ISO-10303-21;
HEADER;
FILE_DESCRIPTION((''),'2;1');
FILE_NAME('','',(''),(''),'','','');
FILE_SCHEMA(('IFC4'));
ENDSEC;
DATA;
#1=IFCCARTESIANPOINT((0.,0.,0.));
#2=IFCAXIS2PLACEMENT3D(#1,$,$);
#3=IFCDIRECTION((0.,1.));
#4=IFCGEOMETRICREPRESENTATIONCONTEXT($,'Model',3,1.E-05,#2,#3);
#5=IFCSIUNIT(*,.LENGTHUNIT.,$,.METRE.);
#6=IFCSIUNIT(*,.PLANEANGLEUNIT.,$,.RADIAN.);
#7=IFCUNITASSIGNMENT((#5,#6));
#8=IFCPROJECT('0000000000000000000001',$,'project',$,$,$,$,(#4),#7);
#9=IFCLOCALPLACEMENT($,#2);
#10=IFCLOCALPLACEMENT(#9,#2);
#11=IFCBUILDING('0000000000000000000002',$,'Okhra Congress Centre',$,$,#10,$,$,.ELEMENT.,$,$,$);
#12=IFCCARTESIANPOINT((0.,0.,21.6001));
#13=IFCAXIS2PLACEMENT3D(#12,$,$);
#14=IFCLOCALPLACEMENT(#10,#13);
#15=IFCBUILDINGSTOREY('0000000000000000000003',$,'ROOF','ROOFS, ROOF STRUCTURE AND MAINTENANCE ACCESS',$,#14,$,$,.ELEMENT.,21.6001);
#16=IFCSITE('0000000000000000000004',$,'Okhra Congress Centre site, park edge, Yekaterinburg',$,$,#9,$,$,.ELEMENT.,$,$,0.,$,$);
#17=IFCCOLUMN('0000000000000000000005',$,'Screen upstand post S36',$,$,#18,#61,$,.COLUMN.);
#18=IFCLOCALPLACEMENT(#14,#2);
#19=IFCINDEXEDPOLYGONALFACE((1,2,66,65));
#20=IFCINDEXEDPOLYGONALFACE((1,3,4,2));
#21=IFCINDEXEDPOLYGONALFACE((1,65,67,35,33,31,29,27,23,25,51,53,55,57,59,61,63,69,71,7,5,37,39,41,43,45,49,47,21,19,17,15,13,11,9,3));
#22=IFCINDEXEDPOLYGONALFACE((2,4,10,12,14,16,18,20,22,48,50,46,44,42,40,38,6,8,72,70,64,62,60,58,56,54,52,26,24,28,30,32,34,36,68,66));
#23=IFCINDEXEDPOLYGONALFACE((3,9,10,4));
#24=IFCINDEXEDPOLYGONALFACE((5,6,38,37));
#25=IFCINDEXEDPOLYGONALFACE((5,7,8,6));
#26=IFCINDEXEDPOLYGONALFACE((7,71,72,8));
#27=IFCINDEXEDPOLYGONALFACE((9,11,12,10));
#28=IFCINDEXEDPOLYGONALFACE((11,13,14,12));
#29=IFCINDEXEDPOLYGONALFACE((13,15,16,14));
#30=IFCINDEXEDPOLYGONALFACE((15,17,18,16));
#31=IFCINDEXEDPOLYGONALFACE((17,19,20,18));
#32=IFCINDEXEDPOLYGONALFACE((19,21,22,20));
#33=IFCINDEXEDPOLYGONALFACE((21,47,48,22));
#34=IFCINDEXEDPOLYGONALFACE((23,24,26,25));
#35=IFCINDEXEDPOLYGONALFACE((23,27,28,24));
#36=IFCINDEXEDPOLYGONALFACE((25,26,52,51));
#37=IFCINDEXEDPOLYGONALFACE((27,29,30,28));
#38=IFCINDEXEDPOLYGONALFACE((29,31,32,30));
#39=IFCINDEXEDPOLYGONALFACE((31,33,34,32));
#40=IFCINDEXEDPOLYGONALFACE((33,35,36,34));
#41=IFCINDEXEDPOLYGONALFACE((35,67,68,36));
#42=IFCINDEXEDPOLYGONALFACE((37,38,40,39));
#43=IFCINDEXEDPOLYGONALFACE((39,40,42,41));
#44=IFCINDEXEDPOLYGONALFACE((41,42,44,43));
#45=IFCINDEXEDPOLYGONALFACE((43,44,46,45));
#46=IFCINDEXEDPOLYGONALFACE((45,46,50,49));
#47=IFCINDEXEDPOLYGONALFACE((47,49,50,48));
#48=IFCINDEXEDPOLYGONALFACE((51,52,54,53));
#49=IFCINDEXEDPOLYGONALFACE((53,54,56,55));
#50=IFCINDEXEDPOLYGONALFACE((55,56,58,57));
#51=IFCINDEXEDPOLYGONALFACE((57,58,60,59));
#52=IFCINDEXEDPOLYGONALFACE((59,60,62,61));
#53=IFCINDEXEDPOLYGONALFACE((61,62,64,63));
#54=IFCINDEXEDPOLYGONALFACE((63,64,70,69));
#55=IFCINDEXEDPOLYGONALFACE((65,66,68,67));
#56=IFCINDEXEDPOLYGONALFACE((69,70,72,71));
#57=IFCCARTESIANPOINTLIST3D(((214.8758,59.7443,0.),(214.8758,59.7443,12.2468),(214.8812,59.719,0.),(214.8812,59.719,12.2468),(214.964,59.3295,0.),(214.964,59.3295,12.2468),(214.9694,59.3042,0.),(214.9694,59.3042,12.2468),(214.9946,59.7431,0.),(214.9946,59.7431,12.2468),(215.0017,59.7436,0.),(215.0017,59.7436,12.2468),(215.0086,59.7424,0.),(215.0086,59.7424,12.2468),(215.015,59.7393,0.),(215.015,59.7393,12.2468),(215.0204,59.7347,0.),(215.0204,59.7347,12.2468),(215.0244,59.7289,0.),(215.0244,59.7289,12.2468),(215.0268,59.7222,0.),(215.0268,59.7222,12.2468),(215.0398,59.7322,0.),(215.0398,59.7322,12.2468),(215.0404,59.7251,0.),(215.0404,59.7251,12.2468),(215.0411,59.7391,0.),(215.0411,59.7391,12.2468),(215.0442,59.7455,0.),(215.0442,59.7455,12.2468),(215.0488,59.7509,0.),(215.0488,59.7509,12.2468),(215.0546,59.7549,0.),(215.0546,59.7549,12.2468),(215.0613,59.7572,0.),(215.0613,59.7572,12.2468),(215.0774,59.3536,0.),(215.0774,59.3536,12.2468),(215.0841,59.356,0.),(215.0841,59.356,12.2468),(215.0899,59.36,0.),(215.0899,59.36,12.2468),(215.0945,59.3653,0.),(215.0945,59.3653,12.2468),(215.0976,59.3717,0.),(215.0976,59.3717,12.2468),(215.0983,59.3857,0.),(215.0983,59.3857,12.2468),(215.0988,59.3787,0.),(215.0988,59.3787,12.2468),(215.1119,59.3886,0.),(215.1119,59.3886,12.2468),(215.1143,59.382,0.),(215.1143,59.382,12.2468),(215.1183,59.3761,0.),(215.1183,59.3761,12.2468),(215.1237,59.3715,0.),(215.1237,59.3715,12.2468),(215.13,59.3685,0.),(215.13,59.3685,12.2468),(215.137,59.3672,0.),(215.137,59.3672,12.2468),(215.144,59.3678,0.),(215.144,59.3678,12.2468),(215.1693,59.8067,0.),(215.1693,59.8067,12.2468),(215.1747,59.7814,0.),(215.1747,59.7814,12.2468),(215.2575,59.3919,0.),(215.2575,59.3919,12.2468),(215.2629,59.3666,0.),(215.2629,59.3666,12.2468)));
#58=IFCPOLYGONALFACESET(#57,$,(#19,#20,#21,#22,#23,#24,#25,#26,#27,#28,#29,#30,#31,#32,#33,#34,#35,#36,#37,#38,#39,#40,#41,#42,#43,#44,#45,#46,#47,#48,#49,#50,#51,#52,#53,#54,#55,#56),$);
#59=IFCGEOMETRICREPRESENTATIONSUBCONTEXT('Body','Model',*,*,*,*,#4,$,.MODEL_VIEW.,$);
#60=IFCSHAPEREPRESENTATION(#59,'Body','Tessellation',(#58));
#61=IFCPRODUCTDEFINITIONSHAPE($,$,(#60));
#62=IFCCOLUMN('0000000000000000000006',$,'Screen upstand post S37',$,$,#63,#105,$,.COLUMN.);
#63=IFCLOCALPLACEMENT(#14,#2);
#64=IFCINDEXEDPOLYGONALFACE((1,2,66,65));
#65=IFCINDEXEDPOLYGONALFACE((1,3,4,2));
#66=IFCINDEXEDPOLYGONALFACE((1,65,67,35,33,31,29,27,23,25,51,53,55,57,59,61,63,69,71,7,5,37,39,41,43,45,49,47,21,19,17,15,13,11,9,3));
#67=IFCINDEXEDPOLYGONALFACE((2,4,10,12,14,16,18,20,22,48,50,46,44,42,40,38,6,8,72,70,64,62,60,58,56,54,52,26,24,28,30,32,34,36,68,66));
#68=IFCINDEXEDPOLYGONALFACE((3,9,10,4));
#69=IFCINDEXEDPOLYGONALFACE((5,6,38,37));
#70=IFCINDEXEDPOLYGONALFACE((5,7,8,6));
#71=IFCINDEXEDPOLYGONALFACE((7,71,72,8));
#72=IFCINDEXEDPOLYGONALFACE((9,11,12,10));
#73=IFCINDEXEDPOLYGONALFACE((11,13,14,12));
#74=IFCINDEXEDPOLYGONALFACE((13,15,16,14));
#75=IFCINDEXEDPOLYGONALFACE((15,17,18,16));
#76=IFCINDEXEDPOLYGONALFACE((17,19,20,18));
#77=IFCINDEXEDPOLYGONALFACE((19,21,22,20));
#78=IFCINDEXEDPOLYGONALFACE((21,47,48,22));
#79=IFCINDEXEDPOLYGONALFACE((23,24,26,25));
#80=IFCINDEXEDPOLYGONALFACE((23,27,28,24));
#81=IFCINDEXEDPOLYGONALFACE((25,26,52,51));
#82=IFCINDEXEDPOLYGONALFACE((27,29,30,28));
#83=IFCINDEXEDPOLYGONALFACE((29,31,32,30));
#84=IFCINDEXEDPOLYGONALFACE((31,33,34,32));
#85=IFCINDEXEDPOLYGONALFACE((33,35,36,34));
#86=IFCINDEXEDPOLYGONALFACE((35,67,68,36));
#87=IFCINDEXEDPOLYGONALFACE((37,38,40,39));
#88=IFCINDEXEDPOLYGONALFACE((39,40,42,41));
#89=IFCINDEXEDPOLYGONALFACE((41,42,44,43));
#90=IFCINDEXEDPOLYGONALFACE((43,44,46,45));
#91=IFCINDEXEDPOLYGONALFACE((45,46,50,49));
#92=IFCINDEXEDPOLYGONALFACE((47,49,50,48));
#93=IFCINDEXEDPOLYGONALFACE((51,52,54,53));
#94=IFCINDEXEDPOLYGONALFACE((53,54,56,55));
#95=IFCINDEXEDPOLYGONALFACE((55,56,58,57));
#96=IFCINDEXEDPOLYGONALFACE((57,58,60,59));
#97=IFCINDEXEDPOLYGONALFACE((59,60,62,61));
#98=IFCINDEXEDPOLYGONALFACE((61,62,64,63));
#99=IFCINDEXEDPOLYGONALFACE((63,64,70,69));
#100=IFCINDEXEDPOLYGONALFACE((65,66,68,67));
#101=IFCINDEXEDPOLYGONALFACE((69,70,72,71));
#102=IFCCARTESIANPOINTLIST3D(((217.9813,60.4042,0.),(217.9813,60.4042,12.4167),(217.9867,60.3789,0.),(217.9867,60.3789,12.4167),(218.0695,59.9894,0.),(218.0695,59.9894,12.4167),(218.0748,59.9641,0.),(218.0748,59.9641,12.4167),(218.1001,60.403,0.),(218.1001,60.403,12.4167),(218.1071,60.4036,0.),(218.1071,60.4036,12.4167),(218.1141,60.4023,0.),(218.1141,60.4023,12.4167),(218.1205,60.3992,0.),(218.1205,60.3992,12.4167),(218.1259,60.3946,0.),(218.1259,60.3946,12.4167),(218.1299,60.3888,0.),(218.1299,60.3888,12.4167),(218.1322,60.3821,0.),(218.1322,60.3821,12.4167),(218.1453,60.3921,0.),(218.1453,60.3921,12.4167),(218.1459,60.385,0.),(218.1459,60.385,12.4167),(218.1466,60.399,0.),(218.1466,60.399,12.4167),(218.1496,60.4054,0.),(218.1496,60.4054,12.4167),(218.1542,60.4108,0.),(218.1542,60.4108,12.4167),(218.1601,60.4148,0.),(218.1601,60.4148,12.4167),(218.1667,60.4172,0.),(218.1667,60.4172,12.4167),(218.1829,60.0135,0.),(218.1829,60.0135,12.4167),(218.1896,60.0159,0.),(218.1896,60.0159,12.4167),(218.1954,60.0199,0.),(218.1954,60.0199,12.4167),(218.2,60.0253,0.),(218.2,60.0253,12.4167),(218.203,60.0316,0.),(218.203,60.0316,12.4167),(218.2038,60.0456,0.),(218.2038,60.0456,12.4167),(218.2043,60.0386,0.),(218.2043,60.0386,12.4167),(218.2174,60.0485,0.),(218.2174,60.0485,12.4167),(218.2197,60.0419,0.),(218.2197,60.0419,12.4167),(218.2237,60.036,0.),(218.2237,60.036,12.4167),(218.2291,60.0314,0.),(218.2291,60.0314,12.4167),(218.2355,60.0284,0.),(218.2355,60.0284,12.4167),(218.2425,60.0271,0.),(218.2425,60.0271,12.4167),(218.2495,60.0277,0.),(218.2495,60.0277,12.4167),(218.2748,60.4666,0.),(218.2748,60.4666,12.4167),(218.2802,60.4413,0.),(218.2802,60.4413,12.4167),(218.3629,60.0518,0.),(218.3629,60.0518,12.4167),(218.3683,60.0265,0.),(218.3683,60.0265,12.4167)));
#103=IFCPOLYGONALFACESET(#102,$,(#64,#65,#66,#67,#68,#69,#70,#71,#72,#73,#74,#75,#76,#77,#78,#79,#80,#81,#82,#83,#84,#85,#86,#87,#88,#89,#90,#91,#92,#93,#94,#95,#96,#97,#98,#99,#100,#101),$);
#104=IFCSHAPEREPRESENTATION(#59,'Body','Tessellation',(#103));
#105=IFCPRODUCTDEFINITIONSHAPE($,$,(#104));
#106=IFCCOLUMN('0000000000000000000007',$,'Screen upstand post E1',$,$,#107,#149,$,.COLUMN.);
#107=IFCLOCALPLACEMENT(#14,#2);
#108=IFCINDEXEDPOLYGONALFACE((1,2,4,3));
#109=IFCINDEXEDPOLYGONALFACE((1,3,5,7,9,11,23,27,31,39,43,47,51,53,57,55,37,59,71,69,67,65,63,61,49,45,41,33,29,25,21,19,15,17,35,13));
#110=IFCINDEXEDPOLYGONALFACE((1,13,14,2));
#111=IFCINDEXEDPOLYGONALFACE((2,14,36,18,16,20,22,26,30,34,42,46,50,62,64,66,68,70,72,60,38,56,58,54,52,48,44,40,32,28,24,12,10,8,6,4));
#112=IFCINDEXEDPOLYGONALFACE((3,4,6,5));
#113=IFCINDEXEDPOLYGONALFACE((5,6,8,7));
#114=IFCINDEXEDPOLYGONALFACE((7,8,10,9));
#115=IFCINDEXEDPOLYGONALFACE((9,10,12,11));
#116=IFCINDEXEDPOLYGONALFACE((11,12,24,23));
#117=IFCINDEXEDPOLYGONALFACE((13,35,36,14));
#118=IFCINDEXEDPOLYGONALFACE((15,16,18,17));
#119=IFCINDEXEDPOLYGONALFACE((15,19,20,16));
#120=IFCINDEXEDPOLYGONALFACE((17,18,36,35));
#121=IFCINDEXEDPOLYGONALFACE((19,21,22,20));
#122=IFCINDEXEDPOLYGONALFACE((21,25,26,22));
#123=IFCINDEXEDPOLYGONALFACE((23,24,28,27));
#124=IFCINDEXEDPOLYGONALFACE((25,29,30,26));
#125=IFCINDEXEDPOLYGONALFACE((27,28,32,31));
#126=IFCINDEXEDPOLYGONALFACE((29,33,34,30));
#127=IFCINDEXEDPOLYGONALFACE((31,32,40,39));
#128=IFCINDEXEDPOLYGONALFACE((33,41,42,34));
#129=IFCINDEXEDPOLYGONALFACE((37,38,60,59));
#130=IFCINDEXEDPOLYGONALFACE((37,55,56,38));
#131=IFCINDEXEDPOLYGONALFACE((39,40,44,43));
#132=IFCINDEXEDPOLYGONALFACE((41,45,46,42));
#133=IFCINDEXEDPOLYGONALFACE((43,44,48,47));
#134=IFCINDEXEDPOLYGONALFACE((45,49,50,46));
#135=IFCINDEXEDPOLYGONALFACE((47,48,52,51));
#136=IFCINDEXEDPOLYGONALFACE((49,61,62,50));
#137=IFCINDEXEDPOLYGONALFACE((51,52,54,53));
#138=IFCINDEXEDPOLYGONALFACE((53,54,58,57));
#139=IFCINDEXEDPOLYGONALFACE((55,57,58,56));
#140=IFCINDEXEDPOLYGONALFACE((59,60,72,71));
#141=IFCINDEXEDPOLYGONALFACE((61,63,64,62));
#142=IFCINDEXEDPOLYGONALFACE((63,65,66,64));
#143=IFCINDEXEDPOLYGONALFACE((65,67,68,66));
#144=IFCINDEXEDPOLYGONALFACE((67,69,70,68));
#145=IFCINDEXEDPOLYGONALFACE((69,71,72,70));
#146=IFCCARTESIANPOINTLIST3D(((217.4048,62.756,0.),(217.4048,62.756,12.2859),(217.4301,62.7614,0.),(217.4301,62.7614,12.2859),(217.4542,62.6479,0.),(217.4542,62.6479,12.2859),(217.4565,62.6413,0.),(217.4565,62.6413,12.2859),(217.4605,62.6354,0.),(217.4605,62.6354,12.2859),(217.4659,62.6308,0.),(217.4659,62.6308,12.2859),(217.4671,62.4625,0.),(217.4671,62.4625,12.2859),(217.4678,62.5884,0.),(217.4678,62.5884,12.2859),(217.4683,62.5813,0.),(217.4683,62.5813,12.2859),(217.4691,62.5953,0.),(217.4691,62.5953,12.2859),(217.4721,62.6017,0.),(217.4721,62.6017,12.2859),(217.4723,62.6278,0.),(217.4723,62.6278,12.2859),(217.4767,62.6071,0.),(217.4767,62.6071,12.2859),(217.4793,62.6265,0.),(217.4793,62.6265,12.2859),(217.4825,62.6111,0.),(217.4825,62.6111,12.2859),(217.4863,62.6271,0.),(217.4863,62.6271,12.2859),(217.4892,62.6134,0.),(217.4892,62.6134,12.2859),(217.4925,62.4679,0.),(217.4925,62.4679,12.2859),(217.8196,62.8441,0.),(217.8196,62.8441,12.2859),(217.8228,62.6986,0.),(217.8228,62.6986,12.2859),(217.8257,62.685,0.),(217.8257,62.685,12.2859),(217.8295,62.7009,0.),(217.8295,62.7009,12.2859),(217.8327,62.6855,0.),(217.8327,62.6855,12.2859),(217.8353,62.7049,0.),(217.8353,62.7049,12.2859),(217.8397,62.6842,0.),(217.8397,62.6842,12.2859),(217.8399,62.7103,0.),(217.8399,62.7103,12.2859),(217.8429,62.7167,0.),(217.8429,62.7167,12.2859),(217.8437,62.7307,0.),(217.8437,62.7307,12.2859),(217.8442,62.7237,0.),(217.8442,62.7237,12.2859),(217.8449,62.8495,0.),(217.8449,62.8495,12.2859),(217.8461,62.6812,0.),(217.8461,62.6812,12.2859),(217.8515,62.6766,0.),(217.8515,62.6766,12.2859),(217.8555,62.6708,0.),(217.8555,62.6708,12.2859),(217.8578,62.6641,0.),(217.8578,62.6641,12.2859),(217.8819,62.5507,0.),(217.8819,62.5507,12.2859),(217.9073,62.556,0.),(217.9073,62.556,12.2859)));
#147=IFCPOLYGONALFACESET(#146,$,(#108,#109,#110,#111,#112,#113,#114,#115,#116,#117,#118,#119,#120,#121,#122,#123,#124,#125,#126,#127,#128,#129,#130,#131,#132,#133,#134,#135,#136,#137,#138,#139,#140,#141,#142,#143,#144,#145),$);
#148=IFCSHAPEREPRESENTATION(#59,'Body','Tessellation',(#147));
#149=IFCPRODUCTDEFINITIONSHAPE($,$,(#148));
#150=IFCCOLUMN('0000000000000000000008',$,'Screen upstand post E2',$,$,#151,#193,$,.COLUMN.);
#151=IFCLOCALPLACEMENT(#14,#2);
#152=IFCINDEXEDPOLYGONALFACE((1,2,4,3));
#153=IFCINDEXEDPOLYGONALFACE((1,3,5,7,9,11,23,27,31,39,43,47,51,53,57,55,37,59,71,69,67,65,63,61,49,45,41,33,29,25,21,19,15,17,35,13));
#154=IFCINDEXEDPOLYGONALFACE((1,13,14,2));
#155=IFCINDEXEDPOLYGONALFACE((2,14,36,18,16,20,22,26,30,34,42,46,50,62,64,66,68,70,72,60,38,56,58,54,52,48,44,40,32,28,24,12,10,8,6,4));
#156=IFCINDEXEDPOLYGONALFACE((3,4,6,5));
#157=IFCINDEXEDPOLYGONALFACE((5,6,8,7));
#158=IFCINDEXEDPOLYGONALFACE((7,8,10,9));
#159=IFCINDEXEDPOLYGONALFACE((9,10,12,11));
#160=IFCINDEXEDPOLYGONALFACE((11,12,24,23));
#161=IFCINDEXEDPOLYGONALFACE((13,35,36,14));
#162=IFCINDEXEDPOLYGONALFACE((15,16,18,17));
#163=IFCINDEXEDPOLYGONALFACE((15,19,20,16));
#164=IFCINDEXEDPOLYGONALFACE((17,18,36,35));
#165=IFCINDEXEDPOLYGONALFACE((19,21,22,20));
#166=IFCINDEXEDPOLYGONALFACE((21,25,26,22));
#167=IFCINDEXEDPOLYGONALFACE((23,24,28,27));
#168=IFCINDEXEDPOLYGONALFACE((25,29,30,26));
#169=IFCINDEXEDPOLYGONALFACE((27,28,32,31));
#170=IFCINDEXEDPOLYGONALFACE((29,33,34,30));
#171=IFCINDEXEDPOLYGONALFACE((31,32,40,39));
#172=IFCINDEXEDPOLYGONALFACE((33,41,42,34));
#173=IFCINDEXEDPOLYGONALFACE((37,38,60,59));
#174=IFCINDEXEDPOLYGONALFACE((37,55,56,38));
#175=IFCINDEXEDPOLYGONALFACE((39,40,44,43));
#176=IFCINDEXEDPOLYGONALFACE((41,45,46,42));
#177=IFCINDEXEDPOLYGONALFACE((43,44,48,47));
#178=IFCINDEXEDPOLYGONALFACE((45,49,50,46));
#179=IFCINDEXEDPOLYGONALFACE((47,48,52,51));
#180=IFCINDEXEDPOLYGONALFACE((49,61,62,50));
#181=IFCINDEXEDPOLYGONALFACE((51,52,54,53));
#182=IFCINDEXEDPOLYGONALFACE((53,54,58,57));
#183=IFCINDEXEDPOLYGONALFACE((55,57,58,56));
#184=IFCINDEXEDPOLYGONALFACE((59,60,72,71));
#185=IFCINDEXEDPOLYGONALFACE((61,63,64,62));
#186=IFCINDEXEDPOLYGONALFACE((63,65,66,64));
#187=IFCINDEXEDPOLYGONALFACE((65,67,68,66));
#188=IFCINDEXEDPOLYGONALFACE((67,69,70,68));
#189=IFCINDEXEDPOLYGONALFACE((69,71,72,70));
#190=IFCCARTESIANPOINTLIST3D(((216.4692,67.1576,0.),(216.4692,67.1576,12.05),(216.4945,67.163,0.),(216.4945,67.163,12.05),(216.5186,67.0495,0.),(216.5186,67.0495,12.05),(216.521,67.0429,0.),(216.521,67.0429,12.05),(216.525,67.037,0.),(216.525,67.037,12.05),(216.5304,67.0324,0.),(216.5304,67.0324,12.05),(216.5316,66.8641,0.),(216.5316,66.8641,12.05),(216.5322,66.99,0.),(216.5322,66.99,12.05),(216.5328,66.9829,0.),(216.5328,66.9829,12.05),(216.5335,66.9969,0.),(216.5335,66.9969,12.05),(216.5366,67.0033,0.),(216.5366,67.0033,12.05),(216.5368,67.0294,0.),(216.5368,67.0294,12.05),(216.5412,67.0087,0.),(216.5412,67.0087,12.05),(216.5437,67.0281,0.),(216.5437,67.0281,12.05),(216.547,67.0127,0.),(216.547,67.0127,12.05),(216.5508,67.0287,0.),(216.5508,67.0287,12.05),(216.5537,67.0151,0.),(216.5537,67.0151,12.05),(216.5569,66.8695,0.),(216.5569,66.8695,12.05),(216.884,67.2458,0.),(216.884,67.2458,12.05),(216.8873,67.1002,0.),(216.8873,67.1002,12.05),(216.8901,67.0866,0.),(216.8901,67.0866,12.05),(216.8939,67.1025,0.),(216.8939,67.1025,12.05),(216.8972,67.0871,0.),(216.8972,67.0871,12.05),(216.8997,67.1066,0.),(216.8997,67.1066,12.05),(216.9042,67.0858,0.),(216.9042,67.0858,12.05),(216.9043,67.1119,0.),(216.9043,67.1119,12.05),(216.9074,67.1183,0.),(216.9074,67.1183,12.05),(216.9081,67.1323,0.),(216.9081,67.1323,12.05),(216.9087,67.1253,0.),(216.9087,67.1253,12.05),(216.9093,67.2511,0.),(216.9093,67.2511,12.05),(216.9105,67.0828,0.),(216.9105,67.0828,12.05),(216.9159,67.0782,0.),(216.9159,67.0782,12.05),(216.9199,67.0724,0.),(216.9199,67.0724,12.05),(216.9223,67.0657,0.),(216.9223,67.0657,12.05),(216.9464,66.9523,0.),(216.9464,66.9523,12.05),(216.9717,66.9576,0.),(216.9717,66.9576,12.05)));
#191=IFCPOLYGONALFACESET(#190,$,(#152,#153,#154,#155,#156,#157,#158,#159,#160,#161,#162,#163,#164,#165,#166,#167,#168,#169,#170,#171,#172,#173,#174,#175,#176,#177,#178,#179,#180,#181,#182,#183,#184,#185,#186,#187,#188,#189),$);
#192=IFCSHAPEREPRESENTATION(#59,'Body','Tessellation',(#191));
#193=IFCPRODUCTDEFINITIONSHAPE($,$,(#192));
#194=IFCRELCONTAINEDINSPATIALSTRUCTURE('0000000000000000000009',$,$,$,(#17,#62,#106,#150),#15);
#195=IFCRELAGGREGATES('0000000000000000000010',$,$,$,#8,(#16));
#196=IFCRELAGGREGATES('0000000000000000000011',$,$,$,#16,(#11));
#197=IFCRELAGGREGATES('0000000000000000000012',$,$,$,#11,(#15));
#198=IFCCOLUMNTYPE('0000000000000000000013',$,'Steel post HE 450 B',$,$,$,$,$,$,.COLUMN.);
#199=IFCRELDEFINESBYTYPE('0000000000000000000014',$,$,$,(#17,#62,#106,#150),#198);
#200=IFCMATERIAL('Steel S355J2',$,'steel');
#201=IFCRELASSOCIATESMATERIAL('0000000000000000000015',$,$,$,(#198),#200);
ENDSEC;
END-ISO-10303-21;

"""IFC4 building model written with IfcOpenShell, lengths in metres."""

from ifc_helpers import new_model, si_unit, direction, frame, origin, origin_2d, place, context, subcontext, project, spatial, i_section, extrude, material, material_profile, profile_set, type_object, element, save


model = new_model("IFC4")

# Units and contexts
model_context = context("Model", 3, precision=1e-05, world=origin(), true_north=direction((0.0, 1.0)))
body_context = subcontext(model_context, "Body", "Model", "MODEL_VIEW")
ifc_project = project(units=[si_unit("LENGTHUNIT", "METRE"), si_unit("PLANEANGLEUNIT", "RADIAN")], contexts=[model_context])

# Site, building, storey
site_placement = place(None, origin())
site = spatial("IfcSite", under=ifc_project, at=site_placement, Name="Okhra Congress Centre site, park edge, Yekaterinburg", CompositionType="ELEMENT", RefElevation=0.0)
building_placement = place(site_placement, origin())
building = spatial("IfcBuilding", under=site, at=building_placement, Name="Okhra Congress Centre", CompositionType="ELEMENT")
storey_placement = place(building_placement, frame((0.0, 0.0, 21.6001)))
storey = spatial("IfcBuildingStorey", under=building, at=storey_placement, Name="ROOF", Description="ROOFS, ROOF STRUCTURE AND MAINTENANCE ACCESS", CompositionType="ELEMENT", Elevation=21.6001)

# Columns
ifc_material_1 = material(Name="Steel S355J2", Category="steel")
ifc_material_profile_1 = material_profile(ifc_material_1, i_section(OverallWidth=0.3, OverallDepth=0.45, WebThickness=0.0139, FlangeThickness=0.0259, FilletRadius=0.0271, at=origin_2d()), Name="HE 450 B")
ifc_profile_set_1 = profile_set([ifc_material_profile_1], Name="Steel S355J2")
column_type = type_object("IfcColumnType", Name="Steel post HE 450 B", PredefinedType="COLUMN", material=ifc_profile_set_1)
column_1_placement = place(storey_placement, frame((215.0693, 59.5554, 0.0), z_axis=(0.0, 0.0, 1.0), x_axis=(0.978148, 0.207912, 0.0)))
element("IfcColumn", 1, at=column_1_placement, inside=storey, type_object=column_type, Name="Screen upstand post S36", PredefinedType="COLUMN", context=body_context, shape_type="SweptSolid", body=[
    extrude(i_section(OverallWidth=0.3, OverallDepth=0.45, WebThickness=0.0139, FlangeThickness=0.0259, FilletRadius=0.0271, at=origin_2d()), origin(), (0.0, 0.0, 1.0), 12.2468),
])
column_2_placement = place(storey_placement, frame((218.1748, 60.2153, 0.0), z_axis=(0.0, 0.0, 1.0), x_axis=(0.978148, 0.207912, 0.0)))
element("IfcColumn", 2, at=column_2_placement, inside=storey, type_object=column_type, Name="Screen upstand post S37", PredefinedType="COLUMN", context=body_context, shape_type="SweptSolid", body=[
    extrude(i_section(OverallWidth=0.3, OverallDepth=0.45, WebThickness=0.0139, FlangeThickness=0.0259, FilletRadius=0.0271, at=origin_2d()), origin(), (0.0, 0.0, 1.0), 12.4167),
])
column_3_placement = place(storey_placement, frame((217.656, 62.656, 0.0), z_axis=(0.0, 0.0, 1.0), x_axis=(-0.207912, 0.978148, 0.0)))
element("IfcColumn", 3, at=column_3_placement, inside=storey, type_object=column_type, Name="Screen upstand post E1", PredefinedType="COLUMN", context=body_context, shape_type="SweptSolid", body=[
    extrude(i_section(OverallWidth=0.3, OverallDepth=0.45, WebThickness=0.0139, FlangeThickness=0.0259, FilletRadius=0.0271, at=origin_2d()), origin(), (0.0, 0.0, 1.0), 12.2859),
])
column_4_placement = place(storey_placement, frame((216.7205, 67.0576, 0.0), z_axis=(0.0, 0.0, 1.0), x_axis=(-0.207912, 0.978148, 0.0)))
element("IfcColumn", 4, at=column_4_placement, inside=storey, type_object=column_type, Name="Screen upstand post E2", PredefinedType="COLUMN", context=body_context, shape_type="SweptSolid", body=[
    extrude(i_section(OverallWidth=0.3, OverallDepth=0.45, WebThickness=0.0139, FlangeThickness=0.0259, FilletRadius=0.0271, at=origin_2d()), origin(), (0.0, 0.0, 1.0), 12.05),
])

save(model, "model.ifc")
